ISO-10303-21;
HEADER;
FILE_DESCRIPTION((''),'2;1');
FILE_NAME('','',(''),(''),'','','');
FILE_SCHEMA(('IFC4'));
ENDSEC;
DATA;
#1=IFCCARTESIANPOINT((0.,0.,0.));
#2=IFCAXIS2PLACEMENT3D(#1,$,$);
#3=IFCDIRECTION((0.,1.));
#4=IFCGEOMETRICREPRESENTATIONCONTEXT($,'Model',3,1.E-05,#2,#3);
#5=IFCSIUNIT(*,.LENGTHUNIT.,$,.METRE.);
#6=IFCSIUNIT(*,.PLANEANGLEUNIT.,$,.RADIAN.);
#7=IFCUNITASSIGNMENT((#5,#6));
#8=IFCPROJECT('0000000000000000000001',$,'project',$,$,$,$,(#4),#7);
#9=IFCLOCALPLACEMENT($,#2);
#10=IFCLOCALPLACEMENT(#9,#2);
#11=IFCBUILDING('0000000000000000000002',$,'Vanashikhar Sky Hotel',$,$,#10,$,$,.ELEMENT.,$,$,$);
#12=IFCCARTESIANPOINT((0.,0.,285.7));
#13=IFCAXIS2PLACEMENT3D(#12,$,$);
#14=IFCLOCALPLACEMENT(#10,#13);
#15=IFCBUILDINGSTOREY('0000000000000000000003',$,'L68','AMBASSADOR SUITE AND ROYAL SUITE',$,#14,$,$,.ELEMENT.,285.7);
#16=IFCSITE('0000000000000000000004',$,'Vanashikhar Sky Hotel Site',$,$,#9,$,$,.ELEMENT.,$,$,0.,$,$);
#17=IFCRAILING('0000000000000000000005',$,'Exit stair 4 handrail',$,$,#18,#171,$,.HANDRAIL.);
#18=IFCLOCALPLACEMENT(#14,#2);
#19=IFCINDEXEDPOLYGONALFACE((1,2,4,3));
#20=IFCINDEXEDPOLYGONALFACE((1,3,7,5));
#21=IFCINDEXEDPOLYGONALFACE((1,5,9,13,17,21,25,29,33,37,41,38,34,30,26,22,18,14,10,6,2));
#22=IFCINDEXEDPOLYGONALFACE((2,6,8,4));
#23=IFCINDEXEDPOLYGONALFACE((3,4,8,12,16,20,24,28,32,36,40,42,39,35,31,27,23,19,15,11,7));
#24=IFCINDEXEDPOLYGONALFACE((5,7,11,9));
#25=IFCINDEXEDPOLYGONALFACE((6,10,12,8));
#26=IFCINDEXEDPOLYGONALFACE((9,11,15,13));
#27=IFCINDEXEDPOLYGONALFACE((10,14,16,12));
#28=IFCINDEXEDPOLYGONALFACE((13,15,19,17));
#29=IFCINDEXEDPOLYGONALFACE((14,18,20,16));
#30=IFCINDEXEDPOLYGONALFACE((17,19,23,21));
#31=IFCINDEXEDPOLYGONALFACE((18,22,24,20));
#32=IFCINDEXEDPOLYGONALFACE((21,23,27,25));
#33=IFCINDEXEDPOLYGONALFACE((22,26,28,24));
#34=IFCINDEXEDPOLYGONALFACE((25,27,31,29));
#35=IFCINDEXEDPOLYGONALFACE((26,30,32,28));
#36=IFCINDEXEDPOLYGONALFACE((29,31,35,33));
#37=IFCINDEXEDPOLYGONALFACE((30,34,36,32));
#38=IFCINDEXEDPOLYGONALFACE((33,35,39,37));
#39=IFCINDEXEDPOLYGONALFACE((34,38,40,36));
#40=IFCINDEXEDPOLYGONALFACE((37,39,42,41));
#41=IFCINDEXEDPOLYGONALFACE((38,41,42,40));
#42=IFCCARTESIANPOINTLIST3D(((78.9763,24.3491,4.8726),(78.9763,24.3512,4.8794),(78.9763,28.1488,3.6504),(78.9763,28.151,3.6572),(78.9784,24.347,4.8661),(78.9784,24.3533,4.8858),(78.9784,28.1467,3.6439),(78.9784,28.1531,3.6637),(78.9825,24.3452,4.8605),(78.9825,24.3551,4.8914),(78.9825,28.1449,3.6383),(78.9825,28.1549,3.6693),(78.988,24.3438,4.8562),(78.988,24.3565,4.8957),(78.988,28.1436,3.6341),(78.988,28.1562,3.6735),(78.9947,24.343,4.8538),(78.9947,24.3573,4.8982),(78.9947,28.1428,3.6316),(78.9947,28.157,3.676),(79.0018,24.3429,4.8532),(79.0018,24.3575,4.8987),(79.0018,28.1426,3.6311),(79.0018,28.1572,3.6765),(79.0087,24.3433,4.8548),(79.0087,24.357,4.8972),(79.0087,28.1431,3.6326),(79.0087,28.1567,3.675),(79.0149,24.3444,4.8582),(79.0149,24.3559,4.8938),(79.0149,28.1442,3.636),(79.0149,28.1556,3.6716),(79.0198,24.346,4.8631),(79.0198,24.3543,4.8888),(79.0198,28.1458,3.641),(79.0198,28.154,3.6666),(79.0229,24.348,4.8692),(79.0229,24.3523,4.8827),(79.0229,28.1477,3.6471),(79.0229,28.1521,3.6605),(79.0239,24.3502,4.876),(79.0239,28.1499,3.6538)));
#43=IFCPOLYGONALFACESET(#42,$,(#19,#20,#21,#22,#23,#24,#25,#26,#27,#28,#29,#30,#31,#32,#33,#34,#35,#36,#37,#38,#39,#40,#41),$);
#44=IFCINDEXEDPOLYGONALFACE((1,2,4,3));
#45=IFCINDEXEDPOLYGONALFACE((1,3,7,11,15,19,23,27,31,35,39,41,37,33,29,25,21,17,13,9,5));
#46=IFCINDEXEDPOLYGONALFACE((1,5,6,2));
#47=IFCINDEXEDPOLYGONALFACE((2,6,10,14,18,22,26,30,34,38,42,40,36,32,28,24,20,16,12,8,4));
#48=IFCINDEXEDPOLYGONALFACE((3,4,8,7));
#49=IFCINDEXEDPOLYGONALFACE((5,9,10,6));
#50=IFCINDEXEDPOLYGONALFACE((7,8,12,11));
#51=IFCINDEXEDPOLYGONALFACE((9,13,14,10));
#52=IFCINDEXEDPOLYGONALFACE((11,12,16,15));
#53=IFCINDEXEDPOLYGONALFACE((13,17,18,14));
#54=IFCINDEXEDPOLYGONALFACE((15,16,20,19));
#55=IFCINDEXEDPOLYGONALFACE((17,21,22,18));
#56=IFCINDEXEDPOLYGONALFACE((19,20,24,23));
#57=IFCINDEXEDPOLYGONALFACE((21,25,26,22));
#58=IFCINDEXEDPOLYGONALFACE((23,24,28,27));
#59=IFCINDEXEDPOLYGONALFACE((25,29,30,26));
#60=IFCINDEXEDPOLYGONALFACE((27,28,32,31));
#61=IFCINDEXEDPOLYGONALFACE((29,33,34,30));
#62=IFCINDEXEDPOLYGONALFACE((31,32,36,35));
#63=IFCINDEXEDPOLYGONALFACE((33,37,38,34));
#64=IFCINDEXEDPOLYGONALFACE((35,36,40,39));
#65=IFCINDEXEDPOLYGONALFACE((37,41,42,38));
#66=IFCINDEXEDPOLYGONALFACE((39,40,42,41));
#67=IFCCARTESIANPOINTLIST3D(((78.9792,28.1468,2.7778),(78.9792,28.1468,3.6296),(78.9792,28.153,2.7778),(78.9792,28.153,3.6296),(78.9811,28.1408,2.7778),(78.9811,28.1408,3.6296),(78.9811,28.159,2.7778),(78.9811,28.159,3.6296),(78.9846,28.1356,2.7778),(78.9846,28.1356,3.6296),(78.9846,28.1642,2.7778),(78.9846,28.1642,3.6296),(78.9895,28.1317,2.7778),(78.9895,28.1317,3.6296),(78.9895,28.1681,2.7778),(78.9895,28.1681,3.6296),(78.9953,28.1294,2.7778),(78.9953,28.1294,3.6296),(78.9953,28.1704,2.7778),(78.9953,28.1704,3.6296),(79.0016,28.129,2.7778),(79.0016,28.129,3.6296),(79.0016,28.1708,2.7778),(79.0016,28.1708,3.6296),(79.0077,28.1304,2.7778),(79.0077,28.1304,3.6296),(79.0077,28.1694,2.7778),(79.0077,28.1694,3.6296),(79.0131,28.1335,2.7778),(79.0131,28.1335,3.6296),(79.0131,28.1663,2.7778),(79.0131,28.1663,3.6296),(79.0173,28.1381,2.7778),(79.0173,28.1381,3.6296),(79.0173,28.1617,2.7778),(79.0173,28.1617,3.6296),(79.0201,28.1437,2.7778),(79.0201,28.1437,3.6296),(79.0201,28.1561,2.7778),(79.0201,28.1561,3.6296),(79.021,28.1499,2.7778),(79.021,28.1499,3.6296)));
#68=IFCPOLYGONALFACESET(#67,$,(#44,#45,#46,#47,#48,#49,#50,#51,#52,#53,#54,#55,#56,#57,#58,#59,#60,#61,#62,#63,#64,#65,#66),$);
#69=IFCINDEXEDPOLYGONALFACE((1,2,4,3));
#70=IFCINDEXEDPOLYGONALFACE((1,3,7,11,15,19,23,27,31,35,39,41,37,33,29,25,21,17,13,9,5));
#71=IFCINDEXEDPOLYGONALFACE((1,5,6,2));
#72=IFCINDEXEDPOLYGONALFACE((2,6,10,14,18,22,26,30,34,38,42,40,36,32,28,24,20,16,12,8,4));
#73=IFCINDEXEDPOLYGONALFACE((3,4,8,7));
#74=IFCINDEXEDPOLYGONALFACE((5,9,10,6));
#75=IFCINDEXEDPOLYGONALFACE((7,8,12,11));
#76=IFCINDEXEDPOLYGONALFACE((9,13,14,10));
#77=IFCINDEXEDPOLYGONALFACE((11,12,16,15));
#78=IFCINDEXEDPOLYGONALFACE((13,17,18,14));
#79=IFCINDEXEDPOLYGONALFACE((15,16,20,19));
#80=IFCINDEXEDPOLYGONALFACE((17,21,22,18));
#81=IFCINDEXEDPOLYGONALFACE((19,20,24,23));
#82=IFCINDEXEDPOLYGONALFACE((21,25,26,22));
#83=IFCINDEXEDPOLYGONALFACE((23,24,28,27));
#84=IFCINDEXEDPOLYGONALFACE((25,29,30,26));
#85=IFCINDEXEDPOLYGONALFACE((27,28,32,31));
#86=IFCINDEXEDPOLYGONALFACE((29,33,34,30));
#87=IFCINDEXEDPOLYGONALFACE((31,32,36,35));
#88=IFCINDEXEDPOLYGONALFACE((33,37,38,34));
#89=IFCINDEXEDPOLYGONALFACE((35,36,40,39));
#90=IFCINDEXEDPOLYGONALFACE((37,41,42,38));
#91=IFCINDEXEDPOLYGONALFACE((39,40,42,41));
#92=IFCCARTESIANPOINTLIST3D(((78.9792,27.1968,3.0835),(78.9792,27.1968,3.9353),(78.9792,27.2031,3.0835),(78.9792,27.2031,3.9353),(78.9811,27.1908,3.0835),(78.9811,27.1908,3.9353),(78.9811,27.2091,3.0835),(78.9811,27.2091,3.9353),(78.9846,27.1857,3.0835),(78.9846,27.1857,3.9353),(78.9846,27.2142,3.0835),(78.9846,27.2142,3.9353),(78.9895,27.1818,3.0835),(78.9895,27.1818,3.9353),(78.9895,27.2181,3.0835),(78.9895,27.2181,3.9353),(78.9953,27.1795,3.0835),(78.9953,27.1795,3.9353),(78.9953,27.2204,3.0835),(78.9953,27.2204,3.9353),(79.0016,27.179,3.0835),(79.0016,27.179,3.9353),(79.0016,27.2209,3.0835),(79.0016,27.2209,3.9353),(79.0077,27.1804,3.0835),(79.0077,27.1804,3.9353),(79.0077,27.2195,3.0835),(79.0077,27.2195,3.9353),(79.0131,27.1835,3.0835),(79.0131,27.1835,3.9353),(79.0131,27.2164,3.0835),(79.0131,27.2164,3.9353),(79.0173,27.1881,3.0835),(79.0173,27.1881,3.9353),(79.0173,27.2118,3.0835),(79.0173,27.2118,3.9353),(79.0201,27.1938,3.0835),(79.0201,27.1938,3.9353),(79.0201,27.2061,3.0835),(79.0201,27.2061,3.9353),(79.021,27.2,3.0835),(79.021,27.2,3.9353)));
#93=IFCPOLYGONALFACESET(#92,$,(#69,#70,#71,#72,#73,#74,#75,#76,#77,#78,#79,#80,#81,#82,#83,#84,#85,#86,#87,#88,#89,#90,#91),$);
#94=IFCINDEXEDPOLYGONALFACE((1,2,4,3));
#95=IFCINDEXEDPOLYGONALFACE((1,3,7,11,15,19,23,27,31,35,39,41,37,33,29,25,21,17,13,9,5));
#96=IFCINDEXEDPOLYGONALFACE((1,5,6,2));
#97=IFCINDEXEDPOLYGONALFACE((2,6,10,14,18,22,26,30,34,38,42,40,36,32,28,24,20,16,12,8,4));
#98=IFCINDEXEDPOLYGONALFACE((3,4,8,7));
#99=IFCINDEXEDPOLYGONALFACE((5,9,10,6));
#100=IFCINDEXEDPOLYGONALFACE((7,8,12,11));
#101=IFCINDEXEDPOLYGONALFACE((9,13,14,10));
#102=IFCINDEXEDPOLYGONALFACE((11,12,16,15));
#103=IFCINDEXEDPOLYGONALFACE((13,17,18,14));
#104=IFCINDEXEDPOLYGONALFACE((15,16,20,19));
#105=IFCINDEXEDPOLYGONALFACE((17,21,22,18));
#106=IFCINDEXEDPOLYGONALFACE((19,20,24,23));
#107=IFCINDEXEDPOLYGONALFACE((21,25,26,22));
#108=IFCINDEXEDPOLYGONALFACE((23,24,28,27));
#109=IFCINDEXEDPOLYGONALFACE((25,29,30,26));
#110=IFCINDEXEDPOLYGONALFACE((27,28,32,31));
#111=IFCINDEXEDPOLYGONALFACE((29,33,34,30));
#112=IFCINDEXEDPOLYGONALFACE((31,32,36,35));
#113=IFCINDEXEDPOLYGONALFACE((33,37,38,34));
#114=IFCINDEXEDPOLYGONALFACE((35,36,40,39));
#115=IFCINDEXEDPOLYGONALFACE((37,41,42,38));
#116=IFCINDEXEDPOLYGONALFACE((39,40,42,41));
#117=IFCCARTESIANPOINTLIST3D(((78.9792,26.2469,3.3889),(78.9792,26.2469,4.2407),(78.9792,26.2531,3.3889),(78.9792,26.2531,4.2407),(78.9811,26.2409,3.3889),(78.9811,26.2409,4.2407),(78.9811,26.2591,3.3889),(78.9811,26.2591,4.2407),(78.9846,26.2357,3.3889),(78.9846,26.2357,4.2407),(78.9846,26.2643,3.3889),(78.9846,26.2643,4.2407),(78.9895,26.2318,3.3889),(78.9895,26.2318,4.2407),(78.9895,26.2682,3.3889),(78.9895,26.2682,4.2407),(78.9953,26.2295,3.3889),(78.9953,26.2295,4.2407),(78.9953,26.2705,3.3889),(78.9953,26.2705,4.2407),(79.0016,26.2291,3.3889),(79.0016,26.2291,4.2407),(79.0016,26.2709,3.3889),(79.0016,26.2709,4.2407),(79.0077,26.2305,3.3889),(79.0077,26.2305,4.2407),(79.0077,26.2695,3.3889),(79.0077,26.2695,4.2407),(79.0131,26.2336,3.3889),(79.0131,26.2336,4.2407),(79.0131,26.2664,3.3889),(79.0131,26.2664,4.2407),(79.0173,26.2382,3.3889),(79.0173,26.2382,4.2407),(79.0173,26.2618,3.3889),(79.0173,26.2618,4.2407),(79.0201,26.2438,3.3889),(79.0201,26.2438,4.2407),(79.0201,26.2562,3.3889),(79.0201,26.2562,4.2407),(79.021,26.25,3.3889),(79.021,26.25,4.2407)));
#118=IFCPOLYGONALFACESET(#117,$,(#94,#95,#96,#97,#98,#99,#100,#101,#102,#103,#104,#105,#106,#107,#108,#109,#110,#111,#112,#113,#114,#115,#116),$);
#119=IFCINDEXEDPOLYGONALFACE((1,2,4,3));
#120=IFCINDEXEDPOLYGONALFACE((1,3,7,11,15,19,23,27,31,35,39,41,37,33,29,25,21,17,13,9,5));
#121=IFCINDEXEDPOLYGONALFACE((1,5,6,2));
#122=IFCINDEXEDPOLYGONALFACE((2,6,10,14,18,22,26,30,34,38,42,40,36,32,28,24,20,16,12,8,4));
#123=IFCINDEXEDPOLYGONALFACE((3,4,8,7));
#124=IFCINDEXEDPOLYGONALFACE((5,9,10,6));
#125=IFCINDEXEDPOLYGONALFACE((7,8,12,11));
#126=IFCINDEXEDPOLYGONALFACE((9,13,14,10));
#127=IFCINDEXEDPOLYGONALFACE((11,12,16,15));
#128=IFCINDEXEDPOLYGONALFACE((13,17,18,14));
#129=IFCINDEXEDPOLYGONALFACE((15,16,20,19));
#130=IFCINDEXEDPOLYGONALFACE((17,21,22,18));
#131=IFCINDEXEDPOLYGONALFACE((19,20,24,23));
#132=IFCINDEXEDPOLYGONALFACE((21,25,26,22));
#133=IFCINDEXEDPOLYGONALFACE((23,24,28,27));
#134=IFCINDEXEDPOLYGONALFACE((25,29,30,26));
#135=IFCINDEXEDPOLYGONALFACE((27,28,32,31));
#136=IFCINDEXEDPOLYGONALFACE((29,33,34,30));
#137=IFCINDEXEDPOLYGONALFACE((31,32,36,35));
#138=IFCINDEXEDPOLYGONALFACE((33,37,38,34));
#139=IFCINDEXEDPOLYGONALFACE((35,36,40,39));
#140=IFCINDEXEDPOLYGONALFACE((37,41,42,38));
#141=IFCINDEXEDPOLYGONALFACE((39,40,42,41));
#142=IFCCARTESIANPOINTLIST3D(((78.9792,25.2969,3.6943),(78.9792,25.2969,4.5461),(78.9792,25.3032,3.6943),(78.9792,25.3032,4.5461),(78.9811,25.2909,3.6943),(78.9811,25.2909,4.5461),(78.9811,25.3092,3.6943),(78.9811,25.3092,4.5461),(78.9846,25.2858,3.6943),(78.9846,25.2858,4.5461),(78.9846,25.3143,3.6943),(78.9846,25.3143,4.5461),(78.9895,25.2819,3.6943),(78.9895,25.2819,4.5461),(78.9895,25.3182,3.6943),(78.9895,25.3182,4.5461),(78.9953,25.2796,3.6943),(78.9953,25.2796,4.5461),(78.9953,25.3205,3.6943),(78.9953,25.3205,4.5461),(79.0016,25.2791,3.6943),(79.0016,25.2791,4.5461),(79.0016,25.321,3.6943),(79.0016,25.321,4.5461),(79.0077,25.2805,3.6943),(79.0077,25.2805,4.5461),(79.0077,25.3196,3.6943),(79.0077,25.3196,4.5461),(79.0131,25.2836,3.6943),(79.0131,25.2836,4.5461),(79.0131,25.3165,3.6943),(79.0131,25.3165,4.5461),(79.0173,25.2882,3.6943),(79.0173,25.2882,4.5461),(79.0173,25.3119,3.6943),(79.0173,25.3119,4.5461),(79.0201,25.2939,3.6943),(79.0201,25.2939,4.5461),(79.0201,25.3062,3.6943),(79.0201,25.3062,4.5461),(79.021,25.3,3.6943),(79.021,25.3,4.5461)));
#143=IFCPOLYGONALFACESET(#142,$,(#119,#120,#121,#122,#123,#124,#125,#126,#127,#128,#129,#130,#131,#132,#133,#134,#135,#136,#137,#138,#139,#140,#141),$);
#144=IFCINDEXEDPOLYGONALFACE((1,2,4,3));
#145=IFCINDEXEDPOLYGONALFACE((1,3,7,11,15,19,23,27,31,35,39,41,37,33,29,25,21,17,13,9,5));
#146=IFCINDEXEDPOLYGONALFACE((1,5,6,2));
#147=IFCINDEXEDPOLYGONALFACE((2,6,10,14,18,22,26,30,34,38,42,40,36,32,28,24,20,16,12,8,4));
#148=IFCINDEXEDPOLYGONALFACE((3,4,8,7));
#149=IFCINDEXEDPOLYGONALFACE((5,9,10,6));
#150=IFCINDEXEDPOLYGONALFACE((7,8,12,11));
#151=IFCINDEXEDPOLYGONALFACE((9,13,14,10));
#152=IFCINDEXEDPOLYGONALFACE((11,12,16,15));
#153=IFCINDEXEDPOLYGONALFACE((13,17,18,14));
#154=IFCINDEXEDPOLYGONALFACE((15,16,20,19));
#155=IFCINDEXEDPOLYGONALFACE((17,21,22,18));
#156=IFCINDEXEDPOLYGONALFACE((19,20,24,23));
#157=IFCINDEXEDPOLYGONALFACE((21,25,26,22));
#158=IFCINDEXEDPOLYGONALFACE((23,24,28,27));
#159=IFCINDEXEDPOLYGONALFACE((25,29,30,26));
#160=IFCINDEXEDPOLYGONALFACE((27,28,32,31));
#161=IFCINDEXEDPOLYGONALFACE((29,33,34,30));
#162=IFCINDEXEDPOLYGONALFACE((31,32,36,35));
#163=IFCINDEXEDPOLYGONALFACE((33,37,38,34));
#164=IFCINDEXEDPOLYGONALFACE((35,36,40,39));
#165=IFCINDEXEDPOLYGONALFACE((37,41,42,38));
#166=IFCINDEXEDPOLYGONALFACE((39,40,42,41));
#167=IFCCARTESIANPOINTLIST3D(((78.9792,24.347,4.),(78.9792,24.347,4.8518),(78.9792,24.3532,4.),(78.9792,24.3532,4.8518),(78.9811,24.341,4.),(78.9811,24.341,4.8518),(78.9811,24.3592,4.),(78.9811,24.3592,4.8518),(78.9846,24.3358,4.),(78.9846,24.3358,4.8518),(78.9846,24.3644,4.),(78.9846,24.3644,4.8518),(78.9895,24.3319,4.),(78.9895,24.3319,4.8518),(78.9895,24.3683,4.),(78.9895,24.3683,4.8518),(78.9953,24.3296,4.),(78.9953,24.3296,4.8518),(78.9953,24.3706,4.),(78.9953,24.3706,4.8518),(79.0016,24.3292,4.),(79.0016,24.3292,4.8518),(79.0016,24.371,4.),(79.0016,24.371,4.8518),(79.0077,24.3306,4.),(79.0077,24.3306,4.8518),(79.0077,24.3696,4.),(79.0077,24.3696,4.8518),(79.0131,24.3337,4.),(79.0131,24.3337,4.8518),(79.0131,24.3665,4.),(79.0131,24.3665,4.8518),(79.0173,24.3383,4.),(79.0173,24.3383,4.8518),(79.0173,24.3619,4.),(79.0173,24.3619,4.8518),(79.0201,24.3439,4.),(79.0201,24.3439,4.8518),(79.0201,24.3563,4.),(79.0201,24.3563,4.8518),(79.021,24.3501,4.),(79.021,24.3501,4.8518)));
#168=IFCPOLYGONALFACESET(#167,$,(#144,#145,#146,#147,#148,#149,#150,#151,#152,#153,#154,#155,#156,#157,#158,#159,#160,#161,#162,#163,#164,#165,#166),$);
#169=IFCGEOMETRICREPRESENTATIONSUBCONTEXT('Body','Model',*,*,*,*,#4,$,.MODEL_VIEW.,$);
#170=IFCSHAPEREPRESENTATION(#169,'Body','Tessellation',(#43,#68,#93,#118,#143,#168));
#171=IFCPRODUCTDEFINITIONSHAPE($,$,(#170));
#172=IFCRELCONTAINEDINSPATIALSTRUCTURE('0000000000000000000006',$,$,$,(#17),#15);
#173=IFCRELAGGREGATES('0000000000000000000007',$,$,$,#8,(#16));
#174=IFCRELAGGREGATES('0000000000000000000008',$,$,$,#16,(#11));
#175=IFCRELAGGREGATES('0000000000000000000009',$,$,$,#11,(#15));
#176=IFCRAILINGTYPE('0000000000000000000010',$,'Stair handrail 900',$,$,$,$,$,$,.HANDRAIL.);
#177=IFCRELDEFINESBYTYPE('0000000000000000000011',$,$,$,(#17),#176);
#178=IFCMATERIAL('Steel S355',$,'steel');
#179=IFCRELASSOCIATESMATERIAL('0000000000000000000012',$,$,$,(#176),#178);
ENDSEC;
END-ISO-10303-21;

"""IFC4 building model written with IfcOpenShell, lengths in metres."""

from ifc_helpers import new_model, si_unit, direction, frame, origin, origin_2d, place, context, subcontext, project, spatial, circle, extrude, source, transform, mapped, material, type_object, element, save


model = new_model("IFC4")

# Units and contexts
model_context = context("Model", 3, precision=1e-05, world=origin(), true_north=direction((0.0, 1.0)))
body_context = subcontext(model_context, "Body", "Model", "MODEL_VIEW")
ifc_project = project(units=[si_unit("LENGTHUNIT", "METRE"), si_unit("PLANEANGLEUNIT", "RADIAN")], contexts=[model_context])

# Site, building, storey
site_placement = place(None, origin())
site = spatial("IfcSite", under=ifc_project, at=site_placement, Name="Vanashikhar Sky Hotel Site", CompositionType="ELEMENT", RefElevation=0.0)
building_placement = place(site_placement, origin())
building = spatial("IfcBuilding", under=site, at=building_placement, Name="Vanashikhar Sky Hotel", CompositionType="ELEMENT")
storey_placement = place(building_placement, frame((0.0, 0.0, 285.7)))
storey = spatial("IfcBuildingStorey", under=building, at=storey_placement, Name="L68", Description="AMBASSADOR SUITE AND ROYAL SUITE", CompositionType="ELEMENT", Elevation=285.7)

# Railing
ifc_material_1 = material(Name="Steel S355", Category="steel")
railing_type_1 = type_object("IfcRailingType", Name="Stair handrail 900", PredefinedType="HANDRAIL", material=ifc_material_1)
shared_shape_1 = source(origin(), body_context, "Body", "SweptSolid", [
    extrude(circle(Radius=0.0239, at=origin_2d()), frame((0.0, 0.0, 0.876), z_axis=(0.0, -0.95197, 0.306191), x_axis=(1.0, 0.0, 0.0)), (0.0, 0.0, 1.0), 3.9915),
    extrude(circle(Radius=0.021, at=origin_2d()), origin(), (0.0, 0.0, 1.0), 0.8518),
    extrude(circle(Radius=0.021, at=origin_2d()), frame((0.0, -0.95, 0.3057)), (0.0, 0.0, 1.0), 0.8518),
    extrude(circle(Radius=0.021, at=origin_2d()), frame((0.0, -1.8999, 0.6111)), (0.0, 0.0, 1.0), 0.8518),
    extrude(circle(Radius=0.021, at=origin_2d()), frame((0.0, -2.8499, 0.9165)), (0.0, 0.0, 1.0), 0.8518),
    extrude(circle(Radius=0.021, at=origin_2d()), frame((0.0, -3.7998, 1.2222)), (0.0, 0.0, 1.0), 0.8518),
])
railing_1_placement = place(storey_placement, frame((79.0, 28.1499, 2.7778)))
element("IfcRailing", 1, at=railing_1_placement, inside=storey, type_object=railing_type_1, Name="Exit stair 4 handrail", PredefinedType="HANDRAIL", context=body_context, shape_type="MappedRepresentation", body=[
    mapped(shared_shape_1, transform((0.0, 0.0, 0.0), scale=1.0)),
])

save(model, "model.ifc")
